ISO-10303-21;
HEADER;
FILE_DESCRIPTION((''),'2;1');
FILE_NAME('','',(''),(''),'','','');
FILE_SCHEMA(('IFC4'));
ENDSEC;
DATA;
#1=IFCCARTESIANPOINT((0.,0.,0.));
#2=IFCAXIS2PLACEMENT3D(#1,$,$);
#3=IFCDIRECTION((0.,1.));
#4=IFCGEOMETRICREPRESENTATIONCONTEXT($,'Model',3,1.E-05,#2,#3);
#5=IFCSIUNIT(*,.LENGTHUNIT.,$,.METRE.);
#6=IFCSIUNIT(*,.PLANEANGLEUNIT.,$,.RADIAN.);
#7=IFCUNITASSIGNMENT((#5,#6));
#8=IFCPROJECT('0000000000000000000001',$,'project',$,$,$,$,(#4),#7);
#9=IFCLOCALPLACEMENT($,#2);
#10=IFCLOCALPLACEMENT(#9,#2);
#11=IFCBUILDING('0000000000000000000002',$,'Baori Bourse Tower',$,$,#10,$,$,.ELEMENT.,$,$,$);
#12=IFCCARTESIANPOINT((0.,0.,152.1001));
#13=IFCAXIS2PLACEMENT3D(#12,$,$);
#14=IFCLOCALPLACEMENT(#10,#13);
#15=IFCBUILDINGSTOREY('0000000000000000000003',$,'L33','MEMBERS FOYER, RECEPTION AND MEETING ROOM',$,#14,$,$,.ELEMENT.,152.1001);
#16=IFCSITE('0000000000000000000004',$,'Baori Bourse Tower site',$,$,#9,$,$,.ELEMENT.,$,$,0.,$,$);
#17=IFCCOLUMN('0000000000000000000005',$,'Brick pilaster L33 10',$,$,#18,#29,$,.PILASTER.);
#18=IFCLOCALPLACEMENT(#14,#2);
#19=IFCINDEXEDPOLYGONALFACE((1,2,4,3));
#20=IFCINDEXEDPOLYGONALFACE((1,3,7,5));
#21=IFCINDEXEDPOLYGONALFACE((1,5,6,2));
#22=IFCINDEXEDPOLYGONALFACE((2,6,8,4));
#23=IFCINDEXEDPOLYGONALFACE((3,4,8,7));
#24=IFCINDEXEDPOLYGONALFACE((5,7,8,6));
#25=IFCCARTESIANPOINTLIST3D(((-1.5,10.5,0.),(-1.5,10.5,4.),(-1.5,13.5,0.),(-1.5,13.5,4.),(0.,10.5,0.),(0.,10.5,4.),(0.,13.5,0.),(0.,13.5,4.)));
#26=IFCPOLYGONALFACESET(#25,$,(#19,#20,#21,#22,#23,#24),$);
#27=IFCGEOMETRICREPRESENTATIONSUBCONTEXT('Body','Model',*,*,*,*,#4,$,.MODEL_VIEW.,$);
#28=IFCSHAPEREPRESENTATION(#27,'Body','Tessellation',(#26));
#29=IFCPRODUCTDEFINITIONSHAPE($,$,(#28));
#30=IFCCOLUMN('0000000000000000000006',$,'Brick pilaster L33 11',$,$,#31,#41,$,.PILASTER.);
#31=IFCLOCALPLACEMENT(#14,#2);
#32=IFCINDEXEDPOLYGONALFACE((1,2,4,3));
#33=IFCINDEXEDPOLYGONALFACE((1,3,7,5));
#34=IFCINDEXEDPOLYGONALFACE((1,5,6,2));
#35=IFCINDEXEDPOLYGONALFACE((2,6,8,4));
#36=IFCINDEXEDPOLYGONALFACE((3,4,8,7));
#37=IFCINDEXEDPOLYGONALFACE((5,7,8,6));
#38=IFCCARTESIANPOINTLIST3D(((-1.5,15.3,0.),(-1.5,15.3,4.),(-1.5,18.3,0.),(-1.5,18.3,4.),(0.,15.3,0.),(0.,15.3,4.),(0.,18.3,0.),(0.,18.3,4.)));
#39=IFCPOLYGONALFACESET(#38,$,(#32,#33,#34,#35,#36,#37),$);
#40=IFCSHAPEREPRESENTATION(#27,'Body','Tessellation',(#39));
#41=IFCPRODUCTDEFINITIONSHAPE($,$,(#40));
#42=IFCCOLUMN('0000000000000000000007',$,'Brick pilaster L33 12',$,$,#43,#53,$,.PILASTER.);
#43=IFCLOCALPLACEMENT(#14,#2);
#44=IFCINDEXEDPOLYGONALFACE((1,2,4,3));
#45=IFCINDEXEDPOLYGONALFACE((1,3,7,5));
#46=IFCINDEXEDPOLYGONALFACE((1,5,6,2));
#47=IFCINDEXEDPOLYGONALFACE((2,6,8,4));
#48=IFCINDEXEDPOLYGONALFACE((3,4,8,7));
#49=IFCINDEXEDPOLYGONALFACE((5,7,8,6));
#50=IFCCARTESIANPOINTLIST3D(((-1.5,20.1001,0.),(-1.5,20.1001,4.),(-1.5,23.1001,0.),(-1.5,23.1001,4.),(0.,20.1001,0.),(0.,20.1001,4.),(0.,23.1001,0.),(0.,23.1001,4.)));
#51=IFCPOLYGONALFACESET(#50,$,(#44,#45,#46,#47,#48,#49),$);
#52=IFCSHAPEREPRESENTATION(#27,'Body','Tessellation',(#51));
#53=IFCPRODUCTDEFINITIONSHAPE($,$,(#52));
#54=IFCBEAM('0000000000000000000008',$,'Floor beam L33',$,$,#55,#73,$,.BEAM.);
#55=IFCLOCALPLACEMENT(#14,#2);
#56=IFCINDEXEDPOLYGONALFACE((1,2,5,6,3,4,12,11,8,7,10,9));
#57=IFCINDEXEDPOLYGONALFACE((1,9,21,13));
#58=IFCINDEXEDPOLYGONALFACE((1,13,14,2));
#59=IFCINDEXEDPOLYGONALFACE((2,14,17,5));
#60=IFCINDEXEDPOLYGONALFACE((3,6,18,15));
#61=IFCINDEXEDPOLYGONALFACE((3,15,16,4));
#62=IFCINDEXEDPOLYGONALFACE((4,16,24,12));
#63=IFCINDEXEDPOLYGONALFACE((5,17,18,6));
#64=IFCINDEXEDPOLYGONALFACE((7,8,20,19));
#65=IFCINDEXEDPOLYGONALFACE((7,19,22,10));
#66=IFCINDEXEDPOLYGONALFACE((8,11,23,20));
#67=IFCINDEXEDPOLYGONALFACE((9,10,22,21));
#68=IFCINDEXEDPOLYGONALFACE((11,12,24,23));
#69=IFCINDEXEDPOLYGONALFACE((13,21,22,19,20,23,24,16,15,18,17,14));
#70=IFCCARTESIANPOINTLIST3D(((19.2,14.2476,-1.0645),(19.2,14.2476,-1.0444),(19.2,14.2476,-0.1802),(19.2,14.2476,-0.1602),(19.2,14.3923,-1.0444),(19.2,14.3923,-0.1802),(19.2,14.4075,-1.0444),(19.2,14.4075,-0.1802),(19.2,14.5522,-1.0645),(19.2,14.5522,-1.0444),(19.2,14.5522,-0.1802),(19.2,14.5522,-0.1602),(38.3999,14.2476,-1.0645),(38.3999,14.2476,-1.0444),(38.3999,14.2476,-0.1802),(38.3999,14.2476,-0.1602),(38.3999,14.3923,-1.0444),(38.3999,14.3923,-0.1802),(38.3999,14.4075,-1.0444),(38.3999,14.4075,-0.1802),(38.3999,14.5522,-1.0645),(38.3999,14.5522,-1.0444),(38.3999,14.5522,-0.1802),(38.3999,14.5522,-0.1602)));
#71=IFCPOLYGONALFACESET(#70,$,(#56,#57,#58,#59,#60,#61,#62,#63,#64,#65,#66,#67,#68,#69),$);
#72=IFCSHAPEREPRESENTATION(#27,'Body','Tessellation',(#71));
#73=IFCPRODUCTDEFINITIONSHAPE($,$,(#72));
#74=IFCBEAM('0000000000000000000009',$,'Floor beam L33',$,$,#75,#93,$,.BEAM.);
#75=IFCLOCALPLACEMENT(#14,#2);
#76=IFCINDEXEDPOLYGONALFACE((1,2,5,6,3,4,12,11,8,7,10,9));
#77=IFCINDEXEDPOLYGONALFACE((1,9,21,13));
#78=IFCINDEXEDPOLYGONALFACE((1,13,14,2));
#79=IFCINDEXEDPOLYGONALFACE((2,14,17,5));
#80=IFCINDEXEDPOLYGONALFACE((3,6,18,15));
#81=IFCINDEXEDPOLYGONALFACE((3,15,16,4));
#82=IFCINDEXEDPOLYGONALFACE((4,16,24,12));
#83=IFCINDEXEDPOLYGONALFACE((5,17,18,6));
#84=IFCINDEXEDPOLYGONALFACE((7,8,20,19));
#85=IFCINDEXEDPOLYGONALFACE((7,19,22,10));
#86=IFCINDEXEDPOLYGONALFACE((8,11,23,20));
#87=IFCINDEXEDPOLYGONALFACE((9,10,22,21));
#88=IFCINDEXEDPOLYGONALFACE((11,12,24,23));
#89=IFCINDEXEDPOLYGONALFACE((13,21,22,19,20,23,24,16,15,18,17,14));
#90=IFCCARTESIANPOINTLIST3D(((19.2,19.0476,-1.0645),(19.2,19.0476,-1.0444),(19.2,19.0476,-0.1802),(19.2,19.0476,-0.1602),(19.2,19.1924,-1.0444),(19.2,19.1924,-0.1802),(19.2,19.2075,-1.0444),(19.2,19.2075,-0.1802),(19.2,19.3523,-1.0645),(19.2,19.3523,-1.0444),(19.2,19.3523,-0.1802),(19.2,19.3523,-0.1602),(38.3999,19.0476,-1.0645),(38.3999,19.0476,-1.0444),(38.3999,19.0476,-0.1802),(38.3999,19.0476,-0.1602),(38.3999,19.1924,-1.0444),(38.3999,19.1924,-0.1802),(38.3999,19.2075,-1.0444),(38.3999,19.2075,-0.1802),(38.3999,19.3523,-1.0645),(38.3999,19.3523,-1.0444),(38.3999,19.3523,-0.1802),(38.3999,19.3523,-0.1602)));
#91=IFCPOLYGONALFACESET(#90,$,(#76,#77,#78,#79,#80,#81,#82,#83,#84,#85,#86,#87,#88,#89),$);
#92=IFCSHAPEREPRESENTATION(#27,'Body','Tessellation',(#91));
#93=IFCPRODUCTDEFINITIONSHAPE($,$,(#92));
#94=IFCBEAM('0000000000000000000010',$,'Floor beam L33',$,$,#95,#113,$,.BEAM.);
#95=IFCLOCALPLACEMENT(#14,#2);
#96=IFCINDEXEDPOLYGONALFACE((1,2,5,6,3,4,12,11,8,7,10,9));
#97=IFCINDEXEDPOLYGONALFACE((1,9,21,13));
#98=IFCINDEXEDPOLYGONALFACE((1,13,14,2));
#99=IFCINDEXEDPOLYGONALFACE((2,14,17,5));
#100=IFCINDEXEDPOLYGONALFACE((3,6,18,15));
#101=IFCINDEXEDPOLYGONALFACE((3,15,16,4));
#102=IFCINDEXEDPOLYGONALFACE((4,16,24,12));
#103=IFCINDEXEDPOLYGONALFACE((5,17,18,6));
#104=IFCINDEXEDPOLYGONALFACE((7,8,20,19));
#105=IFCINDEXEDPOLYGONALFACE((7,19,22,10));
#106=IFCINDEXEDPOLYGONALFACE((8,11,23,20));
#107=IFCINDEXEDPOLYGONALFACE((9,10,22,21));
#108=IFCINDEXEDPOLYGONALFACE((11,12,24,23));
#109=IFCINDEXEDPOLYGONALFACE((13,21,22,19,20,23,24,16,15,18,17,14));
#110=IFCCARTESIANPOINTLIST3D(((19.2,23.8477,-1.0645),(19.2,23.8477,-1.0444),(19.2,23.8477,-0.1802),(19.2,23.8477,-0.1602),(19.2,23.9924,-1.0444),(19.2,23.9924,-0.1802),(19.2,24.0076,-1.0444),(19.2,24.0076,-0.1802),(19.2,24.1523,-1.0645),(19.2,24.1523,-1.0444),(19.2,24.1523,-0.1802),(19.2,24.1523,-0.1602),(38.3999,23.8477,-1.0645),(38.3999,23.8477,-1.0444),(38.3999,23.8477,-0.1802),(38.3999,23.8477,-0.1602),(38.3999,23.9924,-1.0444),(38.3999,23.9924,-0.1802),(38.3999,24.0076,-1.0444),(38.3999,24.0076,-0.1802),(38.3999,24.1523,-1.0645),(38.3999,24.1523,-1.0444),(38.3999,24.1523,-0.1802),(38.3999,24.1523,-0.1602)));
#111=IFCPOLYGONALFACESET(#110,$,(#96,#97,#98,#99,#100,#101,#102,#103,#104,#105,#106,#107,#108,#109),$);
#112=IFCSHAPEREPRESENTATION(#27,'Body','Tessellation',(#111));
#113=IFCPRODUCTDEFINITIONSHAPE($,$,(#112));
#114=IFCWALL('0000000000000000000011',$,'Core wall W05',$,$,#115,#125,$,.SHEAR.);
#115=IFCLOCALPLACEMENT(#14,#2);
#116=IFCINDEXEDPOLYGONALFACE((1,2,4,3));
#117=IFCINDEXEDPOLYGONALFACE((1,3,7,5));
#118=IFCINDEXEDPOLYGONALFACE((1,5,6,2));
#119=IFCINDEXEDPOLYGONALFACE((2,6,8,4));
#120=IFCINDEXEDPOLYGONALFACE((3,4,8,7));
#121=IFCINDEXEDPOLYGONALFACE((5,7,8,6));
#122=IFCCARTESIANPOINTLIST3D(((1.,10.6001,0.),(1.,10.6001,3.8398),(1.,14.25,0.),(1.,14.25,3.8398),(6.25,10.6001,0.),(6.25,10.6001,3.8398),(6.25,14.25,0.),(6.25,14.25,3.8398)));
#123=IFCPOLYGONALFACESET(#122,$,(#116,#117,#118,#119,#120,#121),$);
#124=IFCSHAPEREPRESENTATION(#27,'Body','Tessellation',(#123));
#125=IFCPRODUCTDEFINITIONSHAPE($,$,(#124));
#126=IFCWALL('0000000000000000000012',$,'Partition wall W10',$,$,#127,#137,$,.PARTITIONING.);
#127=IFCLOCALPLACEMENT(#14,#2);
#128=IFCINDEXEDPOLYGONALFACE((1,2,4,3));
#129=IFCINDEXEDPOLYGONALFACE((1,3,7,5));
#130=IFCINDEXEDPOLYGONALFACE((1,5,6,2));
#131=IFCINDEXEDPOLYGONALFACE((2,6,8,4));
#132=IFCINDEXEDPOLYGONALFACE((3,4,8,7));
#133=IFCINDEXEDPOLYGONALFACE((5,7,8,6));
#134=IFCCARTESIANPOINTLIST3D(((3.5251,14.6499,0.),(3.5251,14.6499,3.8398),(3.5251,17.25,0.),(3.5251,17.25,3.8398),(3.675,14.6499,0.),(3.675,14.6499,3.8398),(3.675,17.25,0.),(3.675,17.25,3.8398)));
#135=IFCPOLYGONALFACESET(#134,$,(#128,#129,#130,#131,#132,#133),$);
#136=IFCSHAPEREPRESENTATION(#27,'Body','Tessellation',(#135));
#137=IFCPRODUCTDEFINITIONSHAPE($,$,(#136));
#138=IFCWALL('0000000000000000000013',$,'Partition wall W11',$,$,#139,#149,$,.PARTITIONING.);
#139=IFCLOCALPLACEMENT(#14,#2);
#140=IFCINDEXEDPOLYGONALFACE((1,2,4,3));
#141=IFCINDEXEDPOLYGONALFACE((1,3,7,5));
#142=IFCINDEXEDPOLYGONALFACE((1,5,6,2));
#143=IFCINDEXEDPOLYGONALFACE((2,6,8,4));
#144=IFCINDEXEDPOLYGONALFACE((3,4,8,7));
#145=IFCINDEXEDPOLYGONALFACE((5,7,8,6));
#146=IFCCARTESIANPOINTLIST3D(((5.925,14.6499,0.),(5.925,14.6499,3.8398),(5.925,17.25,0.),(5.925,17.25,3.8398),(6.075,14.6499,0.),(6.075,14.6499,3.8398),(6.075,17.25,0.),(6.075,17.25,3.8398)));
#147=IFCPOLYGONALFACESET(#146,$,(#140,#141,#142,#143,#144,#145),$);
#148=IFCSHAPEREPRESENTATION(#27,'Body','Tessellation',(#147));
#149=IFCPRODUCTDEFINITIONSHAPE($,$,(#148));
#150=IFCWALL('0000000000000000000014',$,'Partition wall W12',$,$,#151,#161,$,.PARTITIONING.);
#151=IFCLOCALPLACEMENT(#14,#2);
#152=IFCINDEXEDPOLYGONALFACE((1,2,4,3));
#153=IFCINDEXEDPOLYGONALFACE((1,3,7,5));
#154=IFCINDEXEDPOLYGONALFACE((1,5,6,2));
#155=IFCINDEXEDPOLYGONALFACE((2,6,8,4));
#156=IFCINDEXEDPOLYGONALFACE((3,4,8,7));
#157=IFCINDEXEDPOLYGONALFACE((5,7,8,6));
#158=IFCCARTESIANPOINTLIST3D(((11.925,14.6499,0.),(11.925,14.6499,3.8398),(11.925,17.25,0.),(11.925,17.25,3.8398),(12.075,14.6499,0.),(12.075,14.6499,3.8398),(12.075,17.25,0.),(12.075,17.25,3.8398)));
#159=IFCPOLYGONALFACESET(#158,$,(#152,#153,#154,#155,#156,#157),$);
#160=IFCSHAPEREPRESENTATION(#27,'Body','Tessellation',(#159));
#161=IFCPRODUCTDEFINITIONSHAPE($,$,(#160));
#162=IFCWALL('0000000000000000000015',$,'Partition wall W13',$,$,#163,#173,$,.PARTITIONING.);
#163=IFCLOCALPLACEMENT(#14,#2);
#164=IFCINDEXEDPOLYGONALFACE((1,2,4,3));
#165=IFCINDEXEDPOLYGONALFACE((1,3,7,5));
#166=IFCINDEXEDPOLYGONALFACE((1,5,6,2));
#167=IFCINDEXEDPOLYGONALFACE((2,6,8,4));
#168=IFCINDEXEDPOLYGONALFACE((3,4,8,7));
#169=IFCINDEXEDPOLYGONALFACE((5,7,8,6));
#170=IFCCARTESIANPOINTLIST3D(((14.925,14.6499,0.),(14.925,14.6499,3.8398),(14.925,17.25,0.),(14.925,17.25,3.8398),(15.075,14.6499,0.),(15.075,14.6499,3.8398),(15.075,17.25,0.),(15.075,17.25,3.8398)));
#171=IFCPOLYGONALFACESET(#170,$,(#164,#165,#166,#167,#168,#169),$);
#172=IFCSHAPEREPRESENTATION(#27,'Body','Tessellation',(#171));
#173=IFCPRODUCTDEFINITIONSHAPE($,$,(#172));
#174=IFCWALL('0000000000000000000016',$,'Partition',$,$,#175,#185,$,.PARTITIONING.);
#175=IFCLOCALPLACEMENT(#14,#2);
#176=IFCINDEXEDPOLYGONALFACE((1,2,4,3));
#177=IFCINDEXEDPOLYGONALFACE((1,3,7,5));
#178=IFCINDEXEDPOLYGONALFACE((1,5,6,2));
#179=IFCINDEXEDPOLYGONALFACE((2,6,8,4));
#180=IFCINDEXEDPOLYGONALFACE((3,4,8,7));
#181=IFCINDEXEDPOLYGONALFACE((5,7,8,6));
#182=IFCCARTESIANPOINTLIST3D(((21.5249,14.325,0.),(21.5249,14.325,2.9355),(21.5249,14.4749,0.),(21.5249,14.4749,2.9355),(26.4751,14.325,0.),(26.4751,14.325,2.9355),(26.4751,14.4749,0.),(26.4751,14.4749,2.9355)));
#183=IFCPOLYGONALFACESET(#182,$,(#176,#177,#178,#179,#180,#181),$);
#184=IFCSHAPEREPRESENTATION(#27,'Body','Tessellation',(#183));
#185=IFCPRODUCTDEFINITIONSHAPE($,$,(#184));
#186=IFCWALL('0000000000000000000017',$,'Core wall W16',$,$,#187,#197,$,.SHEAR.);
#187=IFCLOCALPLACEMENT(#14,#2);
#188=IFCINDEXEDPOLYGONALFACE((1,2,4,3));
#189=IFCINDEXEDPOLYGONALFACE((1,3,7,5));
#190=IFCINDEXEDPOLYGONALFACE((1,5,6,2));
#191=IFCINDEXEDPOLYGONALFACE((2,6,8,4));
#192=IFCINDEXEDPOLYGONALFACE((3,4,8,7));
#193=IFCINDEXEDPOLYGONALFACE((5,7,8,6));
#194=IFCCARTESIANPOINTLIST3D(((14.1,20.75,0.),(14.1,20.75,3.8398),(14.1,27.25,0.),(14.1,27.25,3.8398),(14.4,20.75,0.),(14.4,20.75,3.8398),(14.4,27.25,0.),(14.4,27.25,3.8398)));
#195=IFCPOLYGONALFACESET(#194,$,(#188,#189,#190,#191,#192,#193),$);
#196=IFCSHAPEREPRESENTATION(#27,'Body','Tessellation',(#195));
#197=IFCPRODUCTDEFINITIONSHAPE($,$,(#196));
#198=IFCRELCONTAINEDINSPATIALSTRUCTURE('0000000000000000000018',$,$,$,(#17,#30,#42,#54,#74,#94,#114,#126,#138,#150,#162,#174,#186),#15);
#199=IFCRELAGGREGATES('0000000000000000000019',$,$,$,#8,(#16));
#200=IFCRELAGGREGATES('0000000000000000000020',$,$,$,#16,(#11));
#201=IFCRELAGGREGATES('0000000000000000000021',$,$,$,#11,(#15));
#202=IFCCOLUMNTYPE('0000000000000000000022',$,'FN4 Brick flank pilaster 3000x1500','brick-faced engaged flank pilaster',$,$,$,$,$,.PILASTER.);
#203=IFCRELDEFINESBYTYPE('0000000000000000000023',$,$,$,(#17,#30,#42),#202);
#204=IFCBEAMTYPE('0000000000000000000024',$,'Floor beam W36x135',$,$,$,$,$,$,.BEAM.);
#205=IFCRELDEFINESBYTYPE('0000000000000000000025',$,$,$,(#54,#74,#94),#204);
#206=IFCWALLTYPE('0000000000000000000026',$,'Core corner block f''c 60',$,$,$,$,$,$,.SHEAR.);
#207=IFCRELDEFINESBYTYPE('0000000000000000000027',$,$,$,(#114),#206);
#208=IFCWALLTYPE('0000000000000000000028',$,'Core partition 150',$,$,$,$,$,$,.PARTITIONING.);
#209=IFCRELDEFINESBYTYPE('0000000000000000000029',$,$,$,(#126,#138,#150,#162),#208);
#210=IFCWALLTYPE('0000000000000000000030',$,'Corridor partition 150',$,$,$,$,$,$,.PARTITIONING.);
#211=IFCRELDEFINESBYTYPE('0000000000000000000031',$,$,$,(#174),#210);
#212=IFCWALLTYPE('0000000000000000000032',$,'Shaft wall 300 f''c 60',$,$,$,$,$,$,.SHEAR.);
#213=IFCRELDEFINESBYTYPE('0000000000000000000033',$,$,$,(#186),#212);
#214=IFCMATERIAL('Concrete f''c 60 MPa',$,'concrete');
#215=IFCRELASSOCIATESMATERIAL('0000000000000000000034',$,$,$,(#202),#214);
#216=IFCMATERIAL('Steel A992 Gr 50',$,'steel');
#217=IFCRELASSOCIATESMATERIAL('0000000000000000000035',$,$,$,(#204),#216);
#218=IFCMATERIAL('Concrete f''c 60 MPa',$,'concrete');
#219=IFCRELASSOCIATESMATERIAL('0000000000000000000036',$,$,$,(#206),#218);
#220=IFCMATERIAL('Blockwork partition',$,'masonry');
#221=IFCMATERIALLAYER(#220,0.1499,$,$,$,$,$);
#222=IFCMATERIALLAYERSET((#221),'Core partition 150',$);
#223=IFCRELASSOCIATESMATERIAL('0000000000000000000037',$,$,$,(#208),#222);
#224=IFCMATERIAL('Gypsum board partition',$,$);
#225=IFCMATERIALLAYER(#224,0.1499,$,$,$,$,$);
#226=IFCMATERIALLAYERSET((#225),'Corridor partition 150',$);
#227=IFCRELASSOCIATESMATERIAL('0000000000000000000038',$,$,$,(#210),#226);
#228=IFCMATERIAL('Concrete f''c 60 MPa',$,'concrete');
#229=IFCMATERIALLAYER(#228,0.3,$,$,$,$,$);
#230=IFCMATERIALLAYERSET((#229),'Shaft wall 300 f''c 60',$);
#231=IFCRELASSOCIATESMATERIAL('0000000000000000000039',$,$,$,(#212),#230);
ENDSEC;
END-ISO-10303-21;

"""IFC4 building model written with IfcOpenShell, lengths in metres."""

from ifc_helpers import new_model, si_unit, direction, frame, frame_2d, origin, origin_2d, place, context, subcontext, project, spatial, rectangle, i_section, extrude, material, layer, layer_set, material_profile, profile_set, type_object, element, save


model = new_model("IFC4")

# Units and contexts
model_context = context("Model", 3, precision=1e-05, world=origin(), true_north=direction((0.0, 1.0)))
body_context = subcontext(model_context, "Body", "Model", "MODEL_VIEW")
ifc_project = project(units=[si_unit("LENGTHUNIT", "METRE"), si_unit("PLANEANGLEUNIT", "RADIAN")], contexts=[model_context])

# Site, building, storey
site_placement = place(None, origin())
site = spatial("IfcSite", under=ifc_project, at=site_placement, Name="Baori Bourse Tower site", CompositionType="ELEMENT", RefElevation=0.0)
building_placement = place(site_placement, origin())
building = spatial("IfcBuilding", under=site, at=building_placement, Name="Baori Bourse Tower", CompositionType="ELEMENT")
storey_placement = place(building_placement, frame((0.0, 0.0, 152.1001)))
storey = spatial("IfcBuildingStorey", under=building, at=storey_placement, Name="L33", Description="MEMBERS FOYER, RECEPTION AND MEETING ROOM", CompositionType="ELEMENT", Elevation=152.1001)

# Columns
ifc_material_1 = material(Name="Concrete f'c 60 MPa", Category="concrete")
ifc_material_profile_1 = material_profile(ifc_material_1, rectangle(XDim=3.0, YDim=1.5, at=origin_2d()), Name="RC 3000x1500")
ifc_profile_set_1 = profile_set([ifc_material_profile_1], Name="Concrete f'c 60 MPa")
column_type = type_object("IfcColumnType", Name="FN4 Brick flank pilaster 3000x1500", Description="brick-faced engaged flank pilaster", PredefinedType="PILASTER", material=ifc_profile_set_1)
for number, where, z_axis, x_axis, name in (
    (1, (-0.75, 12.0, 0.0), (0.0, 0.0, 1.0), (0.0, 1.0, 0.0), "Brick pilaster L33 10"),
    (2, (-0.75, 16.8, 0.0), (0.0, 0.0, 1.0), (0.0, 1.0, 0.0), "Brick pilaster L33 11"),
    (3, (-0.75, 21.6001, 0.0), (0.0, 0.0, 1.0), (0.0, 1.0, 0.0), "Brick pilaster L33 12"),
):
    element("IfcColumn", number, at=place(storey_placement, frame(where, z_axis=z_axis, x_axis=x_axis)), inside=storey, type_object=column_type, Name=name, PredefinedType="PILASTER", context=body_context, shape_type="SweptSolid", body=[
        extrude(rectangle(XDim=3.0, YDim=1.5, at=origin_2d()), origin(), (0.0, 0.0, 1.0), 4.0),
    ])

# Beams
ifc_material_2 = material(Name="Steel A992 Gr 50", Category="steel")
ifc_material_profile_2 = material_profile(ifc_material_2, i_section(OverallWidth=0.3047, OverallDepth=0.9043, WebThickness=0.0151, FlangeThickness=0.02, at=origin_2d()), Name="W36x135")
ifc_profile_set_2 = profile_set([ifc_material_profile_2], Name="Steel A992 Gr 50")
beam_type = type_object("IfcBeamType", Name="Floor beam W36x135", PredefinedType="BEAM", material=ifc_profile_set_2)
for number, where, z_axis, x_axis, name in (
    (4, (19.2, 14.3999, -0.6123), (1.0, 0.0, 0.0), (0.0, 1.0, 0.0), "Floor beam L33"),
    (5, (19.2, 19.2, -0.6123), (1.0, 0.0, 0.0), (0.0, 1.0, 0.0), "Floor beam L33"),
    (6, (19.2, 24.0, -0.6123), (1.0, 0.0, 0.0), (0.0, 1.0, 0.0), "Floor beam L33"),
):
    element("IfcBeam", number, at=place(storey_placement, frame(where, z_axis=z_axis, x_axis=x_axis)), inside=storey, type_object=beam_type, Name=name, PredefinedType="BEAM", context=body_context, shape_type="SweptSolid", body=[
        extrude(i_section(OverallWidth=0.3047, OverallDepth=0.9043, WebThickness=0.0151, FlangeThickness=0.02, at=origin_2d()), origin(), (0.0, 0.0, 1.0), 19.2),
    ])

# Walls
ifc_material_3 = material(Name="Concrete f'c 60 MPa", Category="concrete")
wall_type_1 = type_object("IfcWallType", Name="Core corner block f'c 60", PredefinedType="SHEAR", material=ifc_material_3)
wall_1_placement = place(storey_placement, frame((1.0, 12.425, 0.0), z_axis=(0.0, 0.0, 1.0), x_axis=(1.0, 0.0, 0.0)))
element("IfcWall", 7, at=wall_1_placement, inside=storey, type_object=wall_type_1, Name="Core wall W05", PredefinedType="SHEAR", context=body_context, shape_type="SweptSolid", body=[
    extrude(rectangle(XDim=5.25, YDim=3.6499, at=frame_2d((2.625, 0.0))), origin(), (0.0, 0.0, 1.0), 3.8398),
])
ifc_material_4 = material(Name="Blockwork partition", Category="masonry")
ifc_layer_1 = layer(ifc_material_4, 0.1499)
ifc_layer_set_1 = layer_set([ifc_layer_1], Name="Core partition 150")
wall_type_2 = type_object("IfcWallType", Name="Core partition 150", PredefinedType="PARTITIONING", material=ifc_layer_set_1)
for number, where, z_axis, x_axis, name in (
    (8, (3.6001, 14.6499, 0.0), (0.0, 0.0, 1.0), (0.0, 1.0, 0.0), "Partition wall W10"),
    (9, (6.0, 14.6499, 0.0), (0.0, 0.0, 1.0), (0.0, 1.0, 0.0), "Partition wall W11"),
    (10, (12.0, 14.6499, 0.0), (0.0, 0.0, 1.0), (0.0, 1.0, 0.0), "Partition wall W12"),
    (11, (15.0, 14.6499, 0.0), (0.0, 0.0, 1.0), (0.0, 1.0, 0.0), "Partition wall W13"),
):
    element("IfcWall", number, at=place(storey_placement, frame(where, z_axis=z_axis, x_axis=x_axis)), inside=storey, type_object=wall_type_2, Name=name, PredefinedType="PARTITIONING", context=body_context, shape_type="SweptSolid", body=[
        extrude(rectangle(XDim=2.6001, YDim=0.1499, at=frame_2d((1.3, 0.0))), origin(), (0.0, 0.0, 1.0), 3.8398),
    ])
ifc_material_5 = material(Name="Gypsum board partition")
ifc_layer_2 = layer(ifc_material_5, 0.1499)
ifc_layer_set_2 = layer_set([ifc_layer_2], Name="Corridor partition 150")
wall_type_3 = type_object("IfcWallType", Name="Corridor partition 150", PredefinedType="PARTITIONING", material=ifc_layer_set_2)
wall_2_placement = place(storey_placement, frame((21.5249, 14.3999, 0.0), z_axis=(0.0, 0.0, 1.0), x_axis=(1.0, 0.0, 0.0)))
element("IfcWall", 12, at=wall_2_placement, inside=storey, type_object=wall_type_3, Name="Partition", PredefinedType="PARTITIONING", context=body_context, shape_type="SweptSolid", body=[
    extrude(rectangle(XDim=4.9502, YDim=0.1499, at=frame_2d((2.4751, 0.0))), origin(), (0.0, 0.0, 1.0), 2.9355),
])
ifc_material_6 = material(Name="Concrete f'c 60 MPa", Category="concrete")
ifc_layer_3 = layer(ifc_material_6, 0.3)
ifc_layer_set_3 = layer_set([ifc_layer_3], Name="Shaft wall 300 f'c 60")
wall_type_4 = type_object("IfcWallType", Name="Shaft wall 300 f'c 60", PredefinedType="SHEAR", material=ifc_layer_set_3)
wall_3_placement = place(storey_placement, frame((14.25, 20.75, 0.0), z_axis=(0.0, 0.0, 1.0), x_axis=(0.0, 1.0, 0.0)))
element("IfcWall", 13, at=wall_3_placement, inside=storey, type_object=wall_type_4, Name="Core wall W16", PredefinedType="SHEAR", context=body_context, shape_type="SweptSolid", body=[
    extrude(rectangle(XDim=6.5, YDim=0.3, at=frame_2d((3.25, 0.0))), origin(), (0.0, 0.0, 1.0), 3.8398),
])

save(model, "model.ifc")
